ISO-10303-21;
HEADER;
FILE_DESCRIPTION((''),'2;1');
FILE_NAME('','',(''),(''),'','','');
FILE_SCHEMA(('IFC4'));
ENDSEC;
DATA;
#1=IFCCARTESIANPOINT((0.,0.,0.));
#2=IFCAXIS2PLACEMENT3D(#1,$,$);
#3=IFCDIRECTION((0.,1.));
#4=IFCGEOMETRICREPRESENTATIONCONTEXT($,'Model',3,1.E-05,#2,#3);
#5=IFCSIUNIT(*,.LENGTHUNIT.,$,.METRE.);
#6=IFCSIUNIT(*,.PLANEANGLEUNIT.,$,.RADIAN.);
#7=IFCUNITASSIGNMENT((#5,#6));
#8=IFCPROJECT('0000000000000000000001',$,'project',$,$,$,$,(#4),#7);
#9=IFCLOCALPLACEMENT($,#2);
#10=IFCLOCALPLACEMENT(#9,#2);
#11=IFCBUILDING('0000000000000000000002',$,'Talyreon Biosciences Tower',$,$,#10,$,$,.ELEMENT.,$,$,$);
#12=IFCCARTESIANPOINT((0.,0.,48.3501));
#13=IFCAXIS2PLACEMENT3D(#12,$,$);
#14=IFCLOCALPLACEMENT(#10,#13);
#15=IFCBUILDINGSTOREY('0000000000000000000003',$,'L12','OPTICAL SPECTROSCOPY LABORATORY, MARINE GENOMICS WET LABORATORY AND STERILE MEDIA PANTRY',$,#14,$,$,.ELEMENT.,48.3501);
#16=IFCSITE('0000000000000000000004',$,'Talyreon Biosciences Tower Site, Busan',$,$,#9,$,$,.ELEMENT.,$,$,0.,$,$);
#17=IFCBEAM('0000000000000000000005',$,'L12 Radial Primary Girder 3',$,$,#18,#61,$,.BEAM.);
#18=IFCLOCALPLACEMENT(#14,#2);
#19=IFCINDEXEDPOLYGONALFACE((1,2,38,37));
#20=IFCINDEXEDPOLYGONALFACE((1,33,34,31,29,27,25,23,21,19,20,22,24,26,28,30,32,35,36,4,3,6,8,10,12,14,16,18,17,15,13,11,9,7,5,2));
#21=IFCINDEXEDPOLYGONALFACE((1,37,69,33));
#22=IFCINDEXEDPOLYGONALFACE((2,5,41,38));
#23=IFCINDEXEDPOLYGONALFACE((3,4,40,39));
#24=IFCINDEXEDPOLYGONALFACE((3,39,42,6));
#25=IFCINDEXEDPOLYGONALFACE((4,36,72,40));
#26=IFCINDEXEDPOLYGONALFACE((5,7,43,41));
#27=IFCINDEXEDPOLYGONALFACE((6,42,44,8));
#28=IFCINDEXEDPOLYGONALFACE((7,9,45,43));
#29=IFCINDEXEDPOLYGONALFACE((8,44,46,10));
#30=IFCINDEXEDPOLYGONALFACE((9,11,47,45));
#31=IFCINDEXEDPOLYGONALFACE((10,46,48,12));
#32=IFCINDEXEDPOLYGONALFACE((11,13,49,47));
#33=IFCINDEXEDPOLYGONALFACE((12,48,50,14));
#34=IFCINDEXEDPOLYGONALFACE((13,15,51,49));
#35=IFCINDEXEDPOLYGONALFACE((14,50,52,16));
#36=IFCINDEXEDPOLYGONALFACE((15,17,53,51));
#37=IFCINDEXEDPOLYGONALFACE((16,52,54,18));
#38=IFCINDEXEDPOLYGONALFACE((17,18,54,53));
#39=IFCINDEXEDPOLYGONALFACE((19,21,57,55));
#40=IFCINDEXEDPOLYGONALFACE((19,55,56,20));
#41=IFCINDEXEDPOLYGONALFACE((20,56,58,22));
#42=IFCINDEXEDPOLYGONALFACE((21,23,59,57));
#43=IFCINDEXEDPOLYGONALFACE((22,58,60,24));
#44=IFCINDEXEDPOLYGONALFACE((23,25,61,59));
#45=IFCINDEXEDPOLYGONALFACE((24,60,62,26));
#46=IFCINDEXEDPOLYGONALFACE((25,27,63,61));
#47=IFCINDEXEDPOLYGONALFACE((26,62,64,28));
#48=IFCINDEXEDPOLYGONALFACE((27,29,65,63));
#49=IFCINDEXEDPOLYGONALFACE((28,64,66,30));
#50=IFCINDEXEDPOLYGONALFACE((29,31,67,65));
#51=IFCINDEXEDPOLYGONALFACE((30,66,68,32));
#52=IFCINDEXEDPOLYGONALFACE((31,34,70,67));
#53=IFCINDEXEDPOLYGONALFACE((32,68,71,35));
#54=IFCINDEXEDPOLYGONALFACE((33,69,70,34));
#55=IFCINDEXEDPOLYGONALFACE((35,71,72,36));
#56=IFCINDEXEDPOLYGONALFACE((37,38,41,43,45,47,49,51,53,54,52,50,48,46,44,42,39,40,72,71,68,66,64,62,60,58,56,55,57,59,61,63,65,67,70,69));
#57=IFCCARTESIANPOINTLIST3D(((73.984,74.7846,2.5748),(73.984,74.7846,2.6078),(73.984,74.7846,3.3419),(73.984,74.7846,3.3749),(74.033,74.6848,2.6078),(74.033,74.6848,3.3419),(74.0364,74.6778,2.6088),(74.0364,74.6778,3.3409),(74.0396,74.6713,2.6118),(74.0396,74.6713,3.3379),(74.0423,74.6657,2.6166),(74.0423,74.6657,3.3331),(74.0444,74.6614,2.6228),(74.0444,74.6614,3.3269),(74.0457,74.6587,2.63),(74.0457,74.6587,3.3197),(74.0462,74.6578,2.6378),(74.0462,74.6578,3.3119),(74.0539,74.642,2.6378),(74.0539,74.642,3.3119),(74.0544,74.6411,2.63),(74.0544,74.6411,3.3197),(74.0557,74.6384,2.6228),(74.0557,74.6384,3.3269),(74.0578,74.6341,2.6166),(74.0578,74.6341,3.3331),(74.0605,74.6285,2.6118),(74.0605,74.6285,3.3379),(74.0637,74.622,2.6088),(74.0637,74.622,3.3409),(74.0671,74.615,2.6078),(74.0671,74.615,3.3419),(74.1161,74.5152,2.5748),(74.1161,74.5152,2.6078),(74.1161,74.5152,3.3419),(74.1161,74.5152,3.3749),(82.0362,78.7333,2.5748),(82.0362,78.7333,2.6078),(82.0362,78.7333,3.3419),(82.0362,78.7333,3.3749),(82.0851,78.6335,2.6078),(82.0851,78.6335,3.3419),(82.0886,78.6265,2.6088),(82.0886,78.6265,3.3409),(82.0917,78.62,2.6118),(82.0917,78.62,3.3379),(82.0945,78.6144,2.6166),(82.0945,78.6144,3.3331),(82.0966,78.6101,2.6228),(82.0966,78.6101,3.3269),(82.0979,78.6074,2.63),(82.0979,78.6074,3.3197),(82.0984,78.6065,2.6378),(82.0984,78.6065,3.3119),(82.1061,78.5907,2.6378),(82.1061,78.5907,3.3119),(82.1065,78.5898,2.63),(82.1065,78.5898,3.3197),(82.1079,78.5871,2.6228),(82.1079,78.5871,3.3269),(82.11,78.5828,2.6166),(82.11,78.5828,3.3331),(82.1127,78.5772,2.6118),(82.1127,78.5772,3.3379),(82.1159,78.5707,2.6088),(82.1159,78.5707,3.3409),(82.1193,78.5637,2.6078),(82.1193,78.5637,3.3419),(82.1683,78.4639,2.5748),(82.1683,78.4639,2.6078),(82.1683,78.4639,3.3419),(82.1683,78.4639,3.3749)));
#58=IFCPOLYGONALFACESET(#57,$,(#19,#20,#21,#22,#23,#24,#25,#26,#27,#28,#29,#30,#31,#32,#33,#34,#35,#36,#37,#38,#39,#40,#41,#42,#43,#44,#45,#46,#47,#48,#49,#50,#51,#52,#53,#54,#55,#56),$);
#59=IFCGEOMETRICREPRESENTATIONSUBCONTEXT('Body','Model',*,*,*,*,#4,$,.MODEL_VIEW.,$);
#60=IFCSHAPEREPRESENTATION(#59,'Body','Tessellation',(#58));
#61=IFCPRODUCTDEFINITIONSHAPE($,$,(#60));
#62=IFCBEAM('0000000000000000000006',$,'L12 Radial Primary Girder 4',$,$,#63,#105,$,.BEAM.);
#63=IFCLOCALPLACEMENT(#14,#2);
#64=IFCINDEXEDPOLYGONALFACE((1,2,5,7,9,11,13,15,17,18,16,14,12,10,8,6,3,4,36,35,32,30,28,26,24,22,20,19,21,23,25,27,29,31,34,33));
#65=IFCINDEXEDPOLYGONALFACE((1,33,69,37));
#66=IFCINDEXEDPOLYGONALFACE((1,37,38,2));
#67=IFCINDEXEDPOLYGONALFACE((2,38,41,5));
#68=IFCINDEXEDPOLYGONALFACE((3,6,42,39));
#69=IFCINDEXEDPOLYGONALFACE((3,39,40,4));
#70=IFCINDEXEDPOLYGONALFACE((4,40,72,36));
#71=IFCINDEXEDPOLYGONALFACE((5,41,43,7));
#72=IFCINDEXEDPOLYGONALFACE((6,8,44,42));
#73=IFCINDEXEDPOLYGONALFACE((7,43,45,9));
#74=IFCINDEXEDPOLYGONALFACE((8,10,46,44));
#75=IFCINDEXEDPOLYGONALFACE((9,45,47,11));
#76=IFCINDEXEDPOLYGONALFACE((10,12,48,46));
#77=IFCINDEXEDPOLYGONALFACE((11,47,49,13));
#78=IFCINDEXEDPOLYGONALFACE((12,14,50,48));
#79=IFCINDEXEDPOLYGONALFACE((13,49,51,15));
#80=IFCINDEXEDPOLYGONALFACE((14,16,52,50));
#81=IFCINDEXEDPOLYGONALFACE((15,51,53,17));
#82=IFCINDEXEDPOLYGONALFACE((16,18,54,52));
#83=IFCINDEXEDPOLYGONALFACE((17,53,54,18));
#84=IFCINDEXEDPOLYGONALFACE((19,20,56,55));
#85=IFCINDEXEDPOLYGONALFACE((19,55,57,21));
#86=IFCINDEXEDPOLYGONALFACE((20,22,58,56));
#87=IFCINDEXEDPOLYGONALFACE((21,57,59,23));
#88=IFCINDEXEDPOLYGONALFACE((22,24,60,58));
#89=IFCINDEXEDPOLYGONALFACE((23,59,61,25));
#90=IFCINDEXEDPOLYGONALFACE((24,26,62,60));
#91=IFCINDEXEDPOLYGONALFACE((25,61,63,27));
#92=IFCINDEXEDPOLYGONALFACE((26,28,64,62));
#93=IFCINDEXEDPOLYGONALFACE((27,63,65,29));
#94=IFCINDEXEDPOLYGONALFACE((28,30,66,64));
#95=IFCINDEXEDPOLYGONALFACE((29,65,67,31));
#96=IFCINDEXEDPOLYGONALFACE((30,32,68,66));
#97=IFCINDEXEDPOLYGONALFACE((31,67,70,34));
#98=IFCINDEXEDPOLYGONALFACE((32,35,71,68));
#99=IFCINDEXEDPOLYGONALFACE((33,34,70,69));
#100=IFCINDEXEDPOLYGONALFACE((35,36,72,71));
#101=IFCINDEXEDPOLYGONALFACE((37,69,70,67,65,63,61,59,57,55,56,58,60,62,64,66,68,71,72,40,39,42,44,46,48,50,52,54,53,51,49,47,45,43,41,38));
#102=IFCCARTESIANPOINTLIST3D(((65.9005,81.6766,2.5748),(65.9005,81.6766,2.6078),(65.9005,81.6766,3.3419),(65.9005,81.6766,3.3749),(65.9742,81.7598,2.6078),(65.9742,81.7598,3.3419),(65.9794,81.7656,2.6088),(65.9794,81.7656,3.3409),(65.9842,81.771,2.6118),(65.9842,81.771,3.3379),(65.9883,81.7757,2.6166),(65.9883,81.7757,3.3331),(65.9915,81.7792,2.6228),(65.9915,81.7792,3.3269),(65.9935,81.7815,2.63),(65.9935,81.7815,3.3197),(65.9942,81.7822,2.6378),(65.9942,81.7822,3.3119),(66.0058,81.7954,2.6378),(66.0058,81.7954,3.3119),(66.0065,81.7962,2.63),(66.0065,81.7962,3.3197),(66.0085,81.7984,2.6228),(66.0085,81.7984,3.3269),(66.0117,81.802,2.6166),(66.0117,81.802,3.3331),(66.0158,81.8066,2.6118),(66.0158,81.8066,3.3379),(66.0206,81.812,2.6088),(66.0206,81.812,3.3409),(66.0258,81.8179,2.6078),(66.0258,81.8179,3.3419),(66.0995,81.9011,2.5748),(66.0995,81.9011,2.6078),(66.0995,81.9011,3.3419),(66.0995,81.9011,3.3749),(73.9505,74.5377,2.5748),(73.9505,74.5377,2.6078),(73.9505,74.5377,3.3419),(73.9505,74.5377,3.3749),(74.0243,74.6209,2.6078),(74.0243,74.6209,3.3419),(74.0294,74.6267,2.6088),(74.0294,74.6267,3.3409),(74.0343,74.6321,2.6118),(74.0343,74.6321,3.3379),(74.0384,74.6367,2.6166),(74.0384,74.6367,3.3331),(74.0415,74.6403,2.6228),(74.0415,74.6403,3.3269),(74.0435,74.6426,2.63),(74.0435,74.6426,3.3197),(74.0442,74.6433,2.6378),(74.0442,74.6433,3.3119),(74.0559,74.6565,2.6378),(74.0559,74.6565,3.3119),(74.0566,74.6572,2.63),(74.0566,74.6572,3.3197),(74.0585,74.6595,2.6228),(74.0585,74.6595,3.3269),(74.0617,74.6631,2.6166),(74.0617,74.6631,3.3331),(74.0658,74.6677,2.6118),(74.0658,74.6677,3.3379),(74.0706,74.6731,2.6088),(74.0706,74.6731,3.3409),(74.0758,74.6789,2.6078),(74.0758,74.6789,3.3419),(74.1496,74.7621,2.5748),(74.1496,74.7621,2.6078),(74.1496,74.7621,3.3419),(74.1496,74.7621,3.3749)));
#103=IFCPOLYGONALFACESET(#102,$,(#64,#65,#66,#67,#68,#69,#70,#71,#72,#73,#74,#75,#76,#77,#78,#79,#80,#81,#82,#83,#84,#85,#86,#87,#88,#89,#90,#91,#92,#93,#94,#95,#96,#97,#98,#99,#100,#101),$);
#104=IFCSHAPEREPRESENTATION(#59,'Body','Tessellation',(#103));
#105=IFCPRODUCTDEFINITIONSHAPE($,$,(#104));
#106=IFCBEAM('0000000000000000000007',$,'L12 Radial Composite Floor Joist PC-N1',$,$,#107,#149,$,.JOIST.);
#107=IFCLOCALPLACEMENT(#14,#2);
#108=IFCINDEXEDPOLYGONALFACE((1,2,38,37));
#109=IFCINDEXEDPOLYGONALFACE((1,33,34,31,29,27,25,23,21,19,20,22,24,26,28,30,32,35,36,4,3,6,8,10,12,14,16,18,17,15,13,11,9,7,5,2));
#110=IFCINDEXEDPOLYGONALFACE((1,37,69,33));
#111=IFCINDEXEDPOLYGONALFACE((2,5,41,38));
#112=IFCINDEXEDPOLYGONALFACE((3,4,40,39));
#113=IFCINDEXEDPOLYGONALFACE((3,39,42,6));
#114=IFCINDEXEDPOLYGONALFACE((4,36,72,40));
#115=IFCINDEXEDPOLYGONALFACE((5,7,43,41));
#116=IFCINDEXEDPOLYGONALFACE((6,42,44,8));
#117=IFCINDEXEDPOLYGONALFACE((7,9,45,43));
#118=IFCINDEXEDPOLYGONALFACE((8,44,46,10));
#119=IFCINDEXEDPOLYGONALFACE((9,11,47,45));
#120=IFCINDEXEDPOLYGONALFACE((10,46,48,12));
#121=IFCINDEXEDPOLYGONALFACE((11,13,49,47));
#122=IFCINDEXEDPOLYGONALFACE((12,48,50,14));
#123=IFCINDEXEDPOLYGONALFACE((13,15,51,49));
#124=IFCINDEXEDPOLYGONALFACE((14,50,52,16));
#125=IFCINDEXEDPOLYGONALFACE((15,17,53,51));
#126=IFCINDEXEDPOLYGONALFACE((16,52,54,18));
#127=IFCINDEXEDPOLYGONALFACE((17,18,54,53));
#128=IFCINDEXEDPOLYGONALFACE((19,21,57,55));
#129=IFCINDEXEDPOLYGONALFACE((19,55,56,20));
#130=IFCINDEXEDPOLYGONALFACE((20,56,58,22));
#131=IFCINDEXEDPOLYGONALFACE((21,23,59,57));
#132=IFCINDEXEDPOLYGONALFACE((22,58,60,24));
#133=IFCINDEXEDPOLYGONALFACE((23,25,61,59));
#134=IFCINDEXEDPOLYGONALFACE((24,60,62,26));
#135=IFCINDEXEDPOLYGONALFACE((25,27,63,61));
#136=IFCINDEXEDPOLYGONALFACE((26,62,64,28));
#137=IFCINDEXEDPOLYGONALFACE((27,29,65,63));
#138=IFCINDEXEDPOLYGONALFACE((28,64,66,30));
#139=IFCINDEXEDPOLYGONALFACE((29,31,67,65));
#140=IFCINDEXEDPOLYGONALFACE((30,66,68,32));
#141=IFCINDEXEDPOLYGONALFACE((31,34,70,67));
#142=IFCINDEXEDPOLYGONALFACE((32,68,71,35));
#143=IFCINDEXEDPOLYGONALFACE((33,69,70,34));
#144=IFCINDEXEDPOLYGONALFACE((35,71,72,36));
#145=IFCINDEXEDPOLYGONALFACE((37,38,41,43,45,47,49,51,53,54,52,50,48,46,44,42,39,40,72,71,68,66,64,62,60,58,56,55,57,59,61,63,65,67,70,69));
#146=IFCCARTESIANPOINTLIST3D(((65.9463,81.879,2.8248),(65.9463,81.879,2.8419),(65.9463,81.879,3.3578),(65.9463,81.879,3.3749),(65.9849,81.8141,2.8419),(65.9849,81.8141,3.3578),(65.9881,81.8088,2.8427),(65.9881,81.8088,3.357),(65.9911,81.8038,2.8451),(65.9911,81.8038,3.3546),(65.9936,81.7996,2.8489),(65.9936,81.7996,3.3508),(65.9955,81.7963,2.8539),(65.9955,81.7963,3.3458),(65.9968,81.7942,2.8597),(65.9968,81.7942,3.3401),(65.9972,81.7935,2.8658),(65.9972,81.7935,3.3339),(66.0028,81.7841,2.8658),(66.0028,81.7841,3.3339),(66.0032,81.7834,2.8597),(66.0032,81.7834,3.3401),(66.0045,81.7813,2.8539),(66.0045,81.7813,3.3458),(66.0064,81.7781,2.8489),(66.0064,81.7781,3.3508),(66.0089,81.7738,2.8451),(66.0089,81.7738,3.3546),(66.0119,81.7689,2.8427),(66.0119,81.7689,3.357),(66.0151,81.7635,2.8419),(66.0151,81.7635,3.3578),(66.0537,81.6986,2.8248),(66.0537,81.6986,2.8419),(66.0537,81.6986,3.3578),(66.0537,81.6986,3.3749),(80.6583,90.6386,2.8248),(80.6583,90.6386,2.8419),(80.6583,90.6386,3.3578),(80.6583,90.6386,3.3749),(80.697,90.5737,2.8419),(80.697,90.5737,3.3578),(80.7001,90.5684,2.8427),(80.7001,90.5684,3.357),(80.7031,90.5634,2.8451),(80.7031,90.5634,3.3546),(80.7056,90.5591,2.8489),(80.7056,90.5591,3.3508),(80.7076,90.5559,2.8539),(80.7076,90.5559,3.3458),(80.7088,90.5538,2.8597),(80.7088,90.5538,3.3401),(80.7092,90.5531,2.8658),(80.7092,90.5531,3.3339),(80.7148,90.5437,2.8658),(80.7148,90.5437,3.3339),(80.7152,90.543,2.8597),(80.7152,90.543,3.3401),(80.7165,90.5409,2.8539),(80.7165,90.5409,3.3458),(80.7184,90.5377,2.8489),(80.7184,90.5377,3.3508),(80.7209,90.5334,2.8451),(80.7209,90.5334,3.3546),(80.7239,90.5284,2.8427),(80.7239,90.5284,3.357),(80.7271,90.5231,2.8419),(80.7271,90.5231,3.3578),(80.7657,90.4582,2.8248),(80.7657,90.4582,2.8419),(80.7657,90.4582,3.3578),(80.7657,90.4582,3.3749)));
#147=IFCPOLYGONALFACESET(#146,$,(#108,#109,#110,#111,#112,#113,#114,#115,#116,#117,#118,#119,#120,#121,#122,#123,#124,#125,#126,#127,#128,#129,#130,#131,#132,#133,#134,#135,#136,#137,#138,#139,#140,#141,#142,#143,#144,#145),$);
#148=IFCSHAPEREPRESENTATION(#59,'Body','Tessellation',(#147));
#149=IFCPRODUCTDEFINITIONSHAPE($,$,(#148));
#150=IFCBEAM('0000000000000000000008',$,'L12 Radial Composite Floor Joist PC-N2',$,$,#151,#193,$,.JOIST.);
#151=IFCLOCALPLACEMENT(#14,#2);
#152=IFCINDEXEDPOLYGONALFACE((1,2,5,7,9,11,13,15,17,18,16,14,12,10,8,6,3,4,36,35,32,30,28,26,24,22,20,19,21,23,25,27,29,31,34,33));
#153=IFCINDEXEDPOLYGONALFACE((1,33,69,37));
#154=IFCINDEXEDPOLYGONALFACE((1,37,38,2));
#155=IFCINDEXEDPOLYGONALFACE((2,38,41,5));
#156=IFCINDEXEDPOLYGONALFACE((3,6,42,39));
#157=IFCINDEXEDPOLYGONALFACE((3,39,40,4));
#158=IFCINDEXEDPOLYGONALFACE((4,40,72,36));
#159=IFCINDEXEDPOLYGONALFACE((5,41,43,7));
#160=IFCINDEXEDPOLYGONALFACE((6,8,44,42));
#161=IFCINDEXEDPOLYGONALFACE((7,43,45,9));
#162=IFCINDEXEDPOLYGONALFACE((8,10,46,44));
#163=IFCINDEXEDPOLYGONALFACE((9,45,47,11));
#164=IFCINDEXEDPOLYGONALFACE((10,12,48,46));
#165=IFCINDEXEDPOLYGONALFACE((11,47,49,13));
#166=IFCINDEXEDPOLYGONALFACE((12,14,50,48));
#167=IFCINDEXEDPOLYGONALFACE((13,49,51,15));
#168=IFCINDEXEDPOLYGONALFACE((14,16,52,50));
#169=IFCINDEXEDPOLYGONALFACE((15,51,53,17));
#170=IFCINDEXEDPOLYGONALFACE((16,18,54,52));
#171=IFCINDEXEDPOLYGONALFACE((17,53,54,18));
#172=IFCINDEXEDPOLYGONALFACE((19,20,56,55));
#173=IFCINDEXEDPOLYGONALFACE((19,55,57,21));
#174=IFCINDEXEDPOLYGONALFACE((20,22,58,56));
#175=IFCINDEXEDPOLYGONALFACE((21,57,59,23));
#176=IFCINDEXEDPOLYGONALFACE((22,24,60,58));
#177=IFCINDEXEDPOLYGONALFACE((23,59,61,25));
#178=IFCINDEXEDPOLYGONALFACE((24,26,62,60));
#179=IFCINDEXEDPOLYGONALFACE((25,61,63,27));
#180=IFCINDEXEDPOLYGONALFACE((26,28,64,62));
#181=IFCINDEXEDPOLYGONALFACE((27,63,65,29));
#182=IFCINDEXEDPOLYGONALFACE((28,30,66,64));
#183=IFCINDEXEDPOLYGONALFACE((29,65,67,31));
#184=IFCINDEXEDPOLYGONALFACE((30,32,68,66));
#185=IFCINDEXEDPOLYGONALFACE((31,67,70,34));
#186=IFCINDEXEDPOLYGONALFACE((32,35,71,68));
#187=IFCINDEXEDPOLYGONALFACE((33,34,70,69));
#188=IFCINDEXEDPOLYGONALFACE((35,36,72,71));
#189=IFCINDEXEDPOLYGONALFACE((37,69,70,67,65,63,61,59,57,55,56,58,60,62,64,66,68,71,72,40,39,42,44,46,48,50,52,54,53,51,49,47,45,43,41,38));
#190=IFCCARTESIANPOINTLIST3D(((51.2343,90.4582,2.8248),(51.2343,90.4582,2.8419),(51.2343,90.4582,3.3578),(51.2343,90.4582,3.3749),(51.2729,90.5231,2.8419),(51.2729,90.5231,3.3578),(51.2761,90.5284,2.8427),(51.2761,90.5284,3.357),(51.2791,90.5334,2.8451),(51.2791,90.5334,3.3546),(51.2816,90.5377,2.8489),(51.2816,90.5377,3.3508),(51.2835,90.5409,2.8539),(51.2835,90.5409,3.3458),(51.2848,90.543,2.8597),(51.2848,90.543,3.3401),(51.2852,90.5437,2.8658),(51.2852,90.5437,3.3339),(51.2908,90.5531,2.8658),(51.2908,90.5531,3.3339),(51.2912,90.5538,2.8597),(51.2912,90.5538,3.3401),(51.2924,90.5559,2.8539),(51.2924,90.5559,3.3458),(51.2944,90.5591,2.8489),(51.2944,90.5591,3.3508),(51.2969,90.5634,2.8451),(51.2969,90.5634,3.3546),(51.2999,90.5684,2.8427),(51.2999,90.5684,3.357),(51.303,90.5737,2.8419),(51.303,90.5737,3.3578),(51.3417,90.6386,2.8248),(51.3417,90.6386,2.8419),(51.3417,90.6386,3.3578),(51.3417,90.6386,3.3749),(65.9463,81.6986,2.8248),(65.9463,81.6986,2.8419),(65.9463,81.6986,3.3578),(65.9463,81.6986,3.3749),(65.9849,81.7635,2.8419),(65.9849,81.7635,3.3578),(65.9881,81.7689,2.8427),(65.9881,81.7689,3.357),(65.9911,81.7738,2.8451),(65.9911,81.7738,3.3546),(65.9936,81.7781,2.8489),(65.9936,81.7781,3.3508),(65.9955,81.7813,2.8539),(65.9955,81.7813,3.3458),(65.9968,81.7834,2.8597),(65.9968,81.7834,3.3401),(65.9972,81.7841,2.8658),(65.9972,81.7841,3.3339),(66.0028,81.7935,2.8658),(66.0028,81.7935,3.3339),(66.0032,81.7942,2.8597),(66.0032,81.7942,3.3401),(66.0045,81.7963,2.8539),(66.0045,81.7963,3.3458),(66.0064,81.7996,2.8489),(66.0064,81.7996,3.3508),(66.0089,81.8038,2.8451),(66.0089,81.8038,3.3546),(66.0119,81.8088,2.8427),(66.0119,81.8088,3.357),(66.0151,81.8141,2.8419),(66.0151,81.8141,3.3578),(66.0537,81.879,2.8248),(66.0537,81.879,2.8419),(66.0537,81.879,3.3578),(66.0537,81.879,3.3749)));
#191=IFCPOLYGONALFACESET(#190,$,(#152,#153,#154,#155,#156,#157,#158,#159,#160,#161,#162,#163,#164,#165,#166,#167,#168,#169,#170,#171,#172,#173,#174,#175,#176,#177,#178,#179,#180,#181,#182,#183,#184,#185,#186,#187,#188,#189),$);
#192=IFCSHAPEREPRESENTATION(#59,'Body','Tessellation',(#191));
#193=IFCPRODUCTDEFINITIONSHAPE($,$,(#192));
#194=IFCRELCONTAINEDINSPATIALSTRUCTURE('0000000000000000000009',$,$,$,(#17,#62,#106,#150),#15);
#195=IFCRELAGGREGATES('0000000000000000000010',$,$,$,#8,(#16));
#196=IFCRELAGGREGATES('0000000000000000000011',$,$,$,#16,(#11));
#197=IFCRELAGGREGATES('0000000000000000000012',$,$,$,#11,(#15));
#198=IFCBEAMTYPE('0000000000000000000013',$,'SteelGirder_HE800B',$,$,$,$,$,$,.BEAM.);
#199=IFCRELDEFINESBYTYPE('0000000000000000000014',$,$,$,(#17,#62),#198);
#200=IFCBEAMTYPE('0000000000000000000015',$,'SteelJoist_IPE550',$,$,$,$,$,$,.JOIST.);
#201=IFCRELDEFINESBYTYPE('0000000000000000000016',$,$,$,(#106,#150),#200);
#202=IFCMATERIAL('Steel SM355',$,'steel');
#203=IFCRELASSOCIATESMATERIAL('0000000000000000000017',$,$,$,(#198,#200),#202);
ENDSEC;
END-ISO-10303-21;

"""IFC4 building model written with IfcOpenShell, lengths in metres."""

from ifc_helpers import new_model, si_unit, direction, frame, origin, origin_2d, place, context, subcontext, project, spatial, i_section, extrude, material, material_profile, profile_set, type_object, element, save


model = new_model("IFC4")

# Units and contexts
model_context = context("Model", 3, precision=1e-05, world=origin(), true_north=direction((0.0, 1.0)))
body_context = subcontext(model_context, "Body", "Model", "MODEL_VIEW")
ifc_project = project(units=[si_unit("LENGTHUNIT", "METRE"), si_unit("PLANEANGLEUNIT", "RADIAN")], contexts=[model_context])

# Site, building, storey
site_placement = place(None, origin())
site = spatial("IfcSite", under=ifc_project, at=site_placement, Name="Talyreon Biosciences Tower Site, Busan", CompositionType="ELEMENT", RefElevation=0.0)
building_placement = place(site_placement, origin())
building = spatial("IfcBuilding", under=site, at=building_placement, Name="Talyreon Biosciences Tower", CompositionType="ELEMENT")
storey_placement = place(building_placement, frame((0.0, 0.0, 48.3501)))
storey = spatial("IfcBuildingStorey", under=building, at=storey_placement, Name="L12", Description="OPTICAL SPECTROSCOPY LABORATORY, MARINE GENOMICS WET LABORATORY AND STERILE MEDIA PANTRY", CompositionType="ELEMENT", Elevation=48.3501)

# Beams
ifc_material_1 = material(Name="Steel SM355", Category="steel")
ifc_material_profile_1 = material_profile(ifc_material_1, i_section(OverallWidth=0.3, OverallDepth=0.8, WebThickness=0.0176, FlangeThickness=0.033, FilletRadius=0.03, at=origin_2d()), Name="HE800B")
ifc_profile_set_1 = profile_set([ifc_material_profile_1], Name="Steel SM355")
beam_type_1 = type_object("IfcBeamType", Name="SteelGirder_HE800B", PredefinedType="BEAM", material=ifc_profile_set_1)
beam_1_placement = place(storey_placement, frame((74.05, 74.6499, 2.9749), z_axis=(0.897852, 0.440297, 0.0), x_axis=(-0.440297, 0.897852, 0.0)))
element("IfcBeam", 1, at=beam_1_placement, inside=storey, type_object=beam_type_1, Name="L12 Radial Primary Girder 3", PredefinedType="BEAM", context=body_context, shape_type="SweptSolid", body=[
    extrude(i_section(OverallWidth=0.3, OverallDepth=0.8, WebThickness=0.0176, FlangeThickness=0.033, FilletRadius=0.03, at=origin_2d()), origin(), (0.0, 0.0, 1.0), 8.9683),
])
beam_2_placement = place(storey_placement, frame((74.05, 74.6499, 2.9749), z_axis=(-0.748179, 0.663497, 0.0), x_axis=(-0.663497, -0.748179, 0.0)))
element("IfcBeam", 2, at=beam_2_placement, inside=storey, type_object=beam_type_1, Name="L12 Radial Primary Girder 4", PredefinedType="BEAM", context=body_context, shape_type="SweptSolid", body=[
    extrude(i_section(OverallWidth=0.3, OverallDepth=0.8, WebThickness=0.0176, FlangeThickness=0.033, FilletRadius=0.03, at=origin_2d()), origin(), (0.0, 0.0, 1.0), 10.7595),
])
ifc_material_profile_2 = material_profile(ifc_material_1, i_section(OverallWidth=0.21, OverallDepth=0.55, WebThickness=0.011, FlangeThickness=0.0171, FilletRadius=0.0239, at=origin_2d()), Name="IPE550")
ifc_profile_set_2 = profile_set([ifc_material_profile_2], Name="Steel SM355")
beam_type_2 = type_object("IfcBeamType", Name="SteelJoist_IPE550", PredefinedType="JOIST", material=ifc_profile_set_2)
for number, where, z_axis, x_axis, name in (
    (3, (66.0, 81.7888, 3.0999), (0.859231, 0.511589, 0.0), (-0.511589, 0.859231, 0.0), "L12 Radial Composite Floor Joist PC-N1"),
    (4, (66.0, 81.7888, 3.0999), (-0.859231, 0.511589, 0.0), (-0.511589, -0.859231, 0.0), "L12 Radial Composite Floor Joist PC-N2"),
):
    element("IfcBeam", number, at=place(storey_placement, frame(where, z_axis=z_axis, x_axis=x_axis)), inside=storey, type_object=beam_type_2, Name=name, PredefinedType="JOIST", context=body_context, shape_type="SweptSolid", body=[
        extrude(i_section(OverallWidth=0.21, OverallDepth=0.55, WebThickness=0.011, FlangeThickness=0.0171, FilletRadius=0.0239, at=origin_2d()), origin(), (0.0, 0.0, 1.0), 17.1223),
    ])

save(model, "model.ifc")
